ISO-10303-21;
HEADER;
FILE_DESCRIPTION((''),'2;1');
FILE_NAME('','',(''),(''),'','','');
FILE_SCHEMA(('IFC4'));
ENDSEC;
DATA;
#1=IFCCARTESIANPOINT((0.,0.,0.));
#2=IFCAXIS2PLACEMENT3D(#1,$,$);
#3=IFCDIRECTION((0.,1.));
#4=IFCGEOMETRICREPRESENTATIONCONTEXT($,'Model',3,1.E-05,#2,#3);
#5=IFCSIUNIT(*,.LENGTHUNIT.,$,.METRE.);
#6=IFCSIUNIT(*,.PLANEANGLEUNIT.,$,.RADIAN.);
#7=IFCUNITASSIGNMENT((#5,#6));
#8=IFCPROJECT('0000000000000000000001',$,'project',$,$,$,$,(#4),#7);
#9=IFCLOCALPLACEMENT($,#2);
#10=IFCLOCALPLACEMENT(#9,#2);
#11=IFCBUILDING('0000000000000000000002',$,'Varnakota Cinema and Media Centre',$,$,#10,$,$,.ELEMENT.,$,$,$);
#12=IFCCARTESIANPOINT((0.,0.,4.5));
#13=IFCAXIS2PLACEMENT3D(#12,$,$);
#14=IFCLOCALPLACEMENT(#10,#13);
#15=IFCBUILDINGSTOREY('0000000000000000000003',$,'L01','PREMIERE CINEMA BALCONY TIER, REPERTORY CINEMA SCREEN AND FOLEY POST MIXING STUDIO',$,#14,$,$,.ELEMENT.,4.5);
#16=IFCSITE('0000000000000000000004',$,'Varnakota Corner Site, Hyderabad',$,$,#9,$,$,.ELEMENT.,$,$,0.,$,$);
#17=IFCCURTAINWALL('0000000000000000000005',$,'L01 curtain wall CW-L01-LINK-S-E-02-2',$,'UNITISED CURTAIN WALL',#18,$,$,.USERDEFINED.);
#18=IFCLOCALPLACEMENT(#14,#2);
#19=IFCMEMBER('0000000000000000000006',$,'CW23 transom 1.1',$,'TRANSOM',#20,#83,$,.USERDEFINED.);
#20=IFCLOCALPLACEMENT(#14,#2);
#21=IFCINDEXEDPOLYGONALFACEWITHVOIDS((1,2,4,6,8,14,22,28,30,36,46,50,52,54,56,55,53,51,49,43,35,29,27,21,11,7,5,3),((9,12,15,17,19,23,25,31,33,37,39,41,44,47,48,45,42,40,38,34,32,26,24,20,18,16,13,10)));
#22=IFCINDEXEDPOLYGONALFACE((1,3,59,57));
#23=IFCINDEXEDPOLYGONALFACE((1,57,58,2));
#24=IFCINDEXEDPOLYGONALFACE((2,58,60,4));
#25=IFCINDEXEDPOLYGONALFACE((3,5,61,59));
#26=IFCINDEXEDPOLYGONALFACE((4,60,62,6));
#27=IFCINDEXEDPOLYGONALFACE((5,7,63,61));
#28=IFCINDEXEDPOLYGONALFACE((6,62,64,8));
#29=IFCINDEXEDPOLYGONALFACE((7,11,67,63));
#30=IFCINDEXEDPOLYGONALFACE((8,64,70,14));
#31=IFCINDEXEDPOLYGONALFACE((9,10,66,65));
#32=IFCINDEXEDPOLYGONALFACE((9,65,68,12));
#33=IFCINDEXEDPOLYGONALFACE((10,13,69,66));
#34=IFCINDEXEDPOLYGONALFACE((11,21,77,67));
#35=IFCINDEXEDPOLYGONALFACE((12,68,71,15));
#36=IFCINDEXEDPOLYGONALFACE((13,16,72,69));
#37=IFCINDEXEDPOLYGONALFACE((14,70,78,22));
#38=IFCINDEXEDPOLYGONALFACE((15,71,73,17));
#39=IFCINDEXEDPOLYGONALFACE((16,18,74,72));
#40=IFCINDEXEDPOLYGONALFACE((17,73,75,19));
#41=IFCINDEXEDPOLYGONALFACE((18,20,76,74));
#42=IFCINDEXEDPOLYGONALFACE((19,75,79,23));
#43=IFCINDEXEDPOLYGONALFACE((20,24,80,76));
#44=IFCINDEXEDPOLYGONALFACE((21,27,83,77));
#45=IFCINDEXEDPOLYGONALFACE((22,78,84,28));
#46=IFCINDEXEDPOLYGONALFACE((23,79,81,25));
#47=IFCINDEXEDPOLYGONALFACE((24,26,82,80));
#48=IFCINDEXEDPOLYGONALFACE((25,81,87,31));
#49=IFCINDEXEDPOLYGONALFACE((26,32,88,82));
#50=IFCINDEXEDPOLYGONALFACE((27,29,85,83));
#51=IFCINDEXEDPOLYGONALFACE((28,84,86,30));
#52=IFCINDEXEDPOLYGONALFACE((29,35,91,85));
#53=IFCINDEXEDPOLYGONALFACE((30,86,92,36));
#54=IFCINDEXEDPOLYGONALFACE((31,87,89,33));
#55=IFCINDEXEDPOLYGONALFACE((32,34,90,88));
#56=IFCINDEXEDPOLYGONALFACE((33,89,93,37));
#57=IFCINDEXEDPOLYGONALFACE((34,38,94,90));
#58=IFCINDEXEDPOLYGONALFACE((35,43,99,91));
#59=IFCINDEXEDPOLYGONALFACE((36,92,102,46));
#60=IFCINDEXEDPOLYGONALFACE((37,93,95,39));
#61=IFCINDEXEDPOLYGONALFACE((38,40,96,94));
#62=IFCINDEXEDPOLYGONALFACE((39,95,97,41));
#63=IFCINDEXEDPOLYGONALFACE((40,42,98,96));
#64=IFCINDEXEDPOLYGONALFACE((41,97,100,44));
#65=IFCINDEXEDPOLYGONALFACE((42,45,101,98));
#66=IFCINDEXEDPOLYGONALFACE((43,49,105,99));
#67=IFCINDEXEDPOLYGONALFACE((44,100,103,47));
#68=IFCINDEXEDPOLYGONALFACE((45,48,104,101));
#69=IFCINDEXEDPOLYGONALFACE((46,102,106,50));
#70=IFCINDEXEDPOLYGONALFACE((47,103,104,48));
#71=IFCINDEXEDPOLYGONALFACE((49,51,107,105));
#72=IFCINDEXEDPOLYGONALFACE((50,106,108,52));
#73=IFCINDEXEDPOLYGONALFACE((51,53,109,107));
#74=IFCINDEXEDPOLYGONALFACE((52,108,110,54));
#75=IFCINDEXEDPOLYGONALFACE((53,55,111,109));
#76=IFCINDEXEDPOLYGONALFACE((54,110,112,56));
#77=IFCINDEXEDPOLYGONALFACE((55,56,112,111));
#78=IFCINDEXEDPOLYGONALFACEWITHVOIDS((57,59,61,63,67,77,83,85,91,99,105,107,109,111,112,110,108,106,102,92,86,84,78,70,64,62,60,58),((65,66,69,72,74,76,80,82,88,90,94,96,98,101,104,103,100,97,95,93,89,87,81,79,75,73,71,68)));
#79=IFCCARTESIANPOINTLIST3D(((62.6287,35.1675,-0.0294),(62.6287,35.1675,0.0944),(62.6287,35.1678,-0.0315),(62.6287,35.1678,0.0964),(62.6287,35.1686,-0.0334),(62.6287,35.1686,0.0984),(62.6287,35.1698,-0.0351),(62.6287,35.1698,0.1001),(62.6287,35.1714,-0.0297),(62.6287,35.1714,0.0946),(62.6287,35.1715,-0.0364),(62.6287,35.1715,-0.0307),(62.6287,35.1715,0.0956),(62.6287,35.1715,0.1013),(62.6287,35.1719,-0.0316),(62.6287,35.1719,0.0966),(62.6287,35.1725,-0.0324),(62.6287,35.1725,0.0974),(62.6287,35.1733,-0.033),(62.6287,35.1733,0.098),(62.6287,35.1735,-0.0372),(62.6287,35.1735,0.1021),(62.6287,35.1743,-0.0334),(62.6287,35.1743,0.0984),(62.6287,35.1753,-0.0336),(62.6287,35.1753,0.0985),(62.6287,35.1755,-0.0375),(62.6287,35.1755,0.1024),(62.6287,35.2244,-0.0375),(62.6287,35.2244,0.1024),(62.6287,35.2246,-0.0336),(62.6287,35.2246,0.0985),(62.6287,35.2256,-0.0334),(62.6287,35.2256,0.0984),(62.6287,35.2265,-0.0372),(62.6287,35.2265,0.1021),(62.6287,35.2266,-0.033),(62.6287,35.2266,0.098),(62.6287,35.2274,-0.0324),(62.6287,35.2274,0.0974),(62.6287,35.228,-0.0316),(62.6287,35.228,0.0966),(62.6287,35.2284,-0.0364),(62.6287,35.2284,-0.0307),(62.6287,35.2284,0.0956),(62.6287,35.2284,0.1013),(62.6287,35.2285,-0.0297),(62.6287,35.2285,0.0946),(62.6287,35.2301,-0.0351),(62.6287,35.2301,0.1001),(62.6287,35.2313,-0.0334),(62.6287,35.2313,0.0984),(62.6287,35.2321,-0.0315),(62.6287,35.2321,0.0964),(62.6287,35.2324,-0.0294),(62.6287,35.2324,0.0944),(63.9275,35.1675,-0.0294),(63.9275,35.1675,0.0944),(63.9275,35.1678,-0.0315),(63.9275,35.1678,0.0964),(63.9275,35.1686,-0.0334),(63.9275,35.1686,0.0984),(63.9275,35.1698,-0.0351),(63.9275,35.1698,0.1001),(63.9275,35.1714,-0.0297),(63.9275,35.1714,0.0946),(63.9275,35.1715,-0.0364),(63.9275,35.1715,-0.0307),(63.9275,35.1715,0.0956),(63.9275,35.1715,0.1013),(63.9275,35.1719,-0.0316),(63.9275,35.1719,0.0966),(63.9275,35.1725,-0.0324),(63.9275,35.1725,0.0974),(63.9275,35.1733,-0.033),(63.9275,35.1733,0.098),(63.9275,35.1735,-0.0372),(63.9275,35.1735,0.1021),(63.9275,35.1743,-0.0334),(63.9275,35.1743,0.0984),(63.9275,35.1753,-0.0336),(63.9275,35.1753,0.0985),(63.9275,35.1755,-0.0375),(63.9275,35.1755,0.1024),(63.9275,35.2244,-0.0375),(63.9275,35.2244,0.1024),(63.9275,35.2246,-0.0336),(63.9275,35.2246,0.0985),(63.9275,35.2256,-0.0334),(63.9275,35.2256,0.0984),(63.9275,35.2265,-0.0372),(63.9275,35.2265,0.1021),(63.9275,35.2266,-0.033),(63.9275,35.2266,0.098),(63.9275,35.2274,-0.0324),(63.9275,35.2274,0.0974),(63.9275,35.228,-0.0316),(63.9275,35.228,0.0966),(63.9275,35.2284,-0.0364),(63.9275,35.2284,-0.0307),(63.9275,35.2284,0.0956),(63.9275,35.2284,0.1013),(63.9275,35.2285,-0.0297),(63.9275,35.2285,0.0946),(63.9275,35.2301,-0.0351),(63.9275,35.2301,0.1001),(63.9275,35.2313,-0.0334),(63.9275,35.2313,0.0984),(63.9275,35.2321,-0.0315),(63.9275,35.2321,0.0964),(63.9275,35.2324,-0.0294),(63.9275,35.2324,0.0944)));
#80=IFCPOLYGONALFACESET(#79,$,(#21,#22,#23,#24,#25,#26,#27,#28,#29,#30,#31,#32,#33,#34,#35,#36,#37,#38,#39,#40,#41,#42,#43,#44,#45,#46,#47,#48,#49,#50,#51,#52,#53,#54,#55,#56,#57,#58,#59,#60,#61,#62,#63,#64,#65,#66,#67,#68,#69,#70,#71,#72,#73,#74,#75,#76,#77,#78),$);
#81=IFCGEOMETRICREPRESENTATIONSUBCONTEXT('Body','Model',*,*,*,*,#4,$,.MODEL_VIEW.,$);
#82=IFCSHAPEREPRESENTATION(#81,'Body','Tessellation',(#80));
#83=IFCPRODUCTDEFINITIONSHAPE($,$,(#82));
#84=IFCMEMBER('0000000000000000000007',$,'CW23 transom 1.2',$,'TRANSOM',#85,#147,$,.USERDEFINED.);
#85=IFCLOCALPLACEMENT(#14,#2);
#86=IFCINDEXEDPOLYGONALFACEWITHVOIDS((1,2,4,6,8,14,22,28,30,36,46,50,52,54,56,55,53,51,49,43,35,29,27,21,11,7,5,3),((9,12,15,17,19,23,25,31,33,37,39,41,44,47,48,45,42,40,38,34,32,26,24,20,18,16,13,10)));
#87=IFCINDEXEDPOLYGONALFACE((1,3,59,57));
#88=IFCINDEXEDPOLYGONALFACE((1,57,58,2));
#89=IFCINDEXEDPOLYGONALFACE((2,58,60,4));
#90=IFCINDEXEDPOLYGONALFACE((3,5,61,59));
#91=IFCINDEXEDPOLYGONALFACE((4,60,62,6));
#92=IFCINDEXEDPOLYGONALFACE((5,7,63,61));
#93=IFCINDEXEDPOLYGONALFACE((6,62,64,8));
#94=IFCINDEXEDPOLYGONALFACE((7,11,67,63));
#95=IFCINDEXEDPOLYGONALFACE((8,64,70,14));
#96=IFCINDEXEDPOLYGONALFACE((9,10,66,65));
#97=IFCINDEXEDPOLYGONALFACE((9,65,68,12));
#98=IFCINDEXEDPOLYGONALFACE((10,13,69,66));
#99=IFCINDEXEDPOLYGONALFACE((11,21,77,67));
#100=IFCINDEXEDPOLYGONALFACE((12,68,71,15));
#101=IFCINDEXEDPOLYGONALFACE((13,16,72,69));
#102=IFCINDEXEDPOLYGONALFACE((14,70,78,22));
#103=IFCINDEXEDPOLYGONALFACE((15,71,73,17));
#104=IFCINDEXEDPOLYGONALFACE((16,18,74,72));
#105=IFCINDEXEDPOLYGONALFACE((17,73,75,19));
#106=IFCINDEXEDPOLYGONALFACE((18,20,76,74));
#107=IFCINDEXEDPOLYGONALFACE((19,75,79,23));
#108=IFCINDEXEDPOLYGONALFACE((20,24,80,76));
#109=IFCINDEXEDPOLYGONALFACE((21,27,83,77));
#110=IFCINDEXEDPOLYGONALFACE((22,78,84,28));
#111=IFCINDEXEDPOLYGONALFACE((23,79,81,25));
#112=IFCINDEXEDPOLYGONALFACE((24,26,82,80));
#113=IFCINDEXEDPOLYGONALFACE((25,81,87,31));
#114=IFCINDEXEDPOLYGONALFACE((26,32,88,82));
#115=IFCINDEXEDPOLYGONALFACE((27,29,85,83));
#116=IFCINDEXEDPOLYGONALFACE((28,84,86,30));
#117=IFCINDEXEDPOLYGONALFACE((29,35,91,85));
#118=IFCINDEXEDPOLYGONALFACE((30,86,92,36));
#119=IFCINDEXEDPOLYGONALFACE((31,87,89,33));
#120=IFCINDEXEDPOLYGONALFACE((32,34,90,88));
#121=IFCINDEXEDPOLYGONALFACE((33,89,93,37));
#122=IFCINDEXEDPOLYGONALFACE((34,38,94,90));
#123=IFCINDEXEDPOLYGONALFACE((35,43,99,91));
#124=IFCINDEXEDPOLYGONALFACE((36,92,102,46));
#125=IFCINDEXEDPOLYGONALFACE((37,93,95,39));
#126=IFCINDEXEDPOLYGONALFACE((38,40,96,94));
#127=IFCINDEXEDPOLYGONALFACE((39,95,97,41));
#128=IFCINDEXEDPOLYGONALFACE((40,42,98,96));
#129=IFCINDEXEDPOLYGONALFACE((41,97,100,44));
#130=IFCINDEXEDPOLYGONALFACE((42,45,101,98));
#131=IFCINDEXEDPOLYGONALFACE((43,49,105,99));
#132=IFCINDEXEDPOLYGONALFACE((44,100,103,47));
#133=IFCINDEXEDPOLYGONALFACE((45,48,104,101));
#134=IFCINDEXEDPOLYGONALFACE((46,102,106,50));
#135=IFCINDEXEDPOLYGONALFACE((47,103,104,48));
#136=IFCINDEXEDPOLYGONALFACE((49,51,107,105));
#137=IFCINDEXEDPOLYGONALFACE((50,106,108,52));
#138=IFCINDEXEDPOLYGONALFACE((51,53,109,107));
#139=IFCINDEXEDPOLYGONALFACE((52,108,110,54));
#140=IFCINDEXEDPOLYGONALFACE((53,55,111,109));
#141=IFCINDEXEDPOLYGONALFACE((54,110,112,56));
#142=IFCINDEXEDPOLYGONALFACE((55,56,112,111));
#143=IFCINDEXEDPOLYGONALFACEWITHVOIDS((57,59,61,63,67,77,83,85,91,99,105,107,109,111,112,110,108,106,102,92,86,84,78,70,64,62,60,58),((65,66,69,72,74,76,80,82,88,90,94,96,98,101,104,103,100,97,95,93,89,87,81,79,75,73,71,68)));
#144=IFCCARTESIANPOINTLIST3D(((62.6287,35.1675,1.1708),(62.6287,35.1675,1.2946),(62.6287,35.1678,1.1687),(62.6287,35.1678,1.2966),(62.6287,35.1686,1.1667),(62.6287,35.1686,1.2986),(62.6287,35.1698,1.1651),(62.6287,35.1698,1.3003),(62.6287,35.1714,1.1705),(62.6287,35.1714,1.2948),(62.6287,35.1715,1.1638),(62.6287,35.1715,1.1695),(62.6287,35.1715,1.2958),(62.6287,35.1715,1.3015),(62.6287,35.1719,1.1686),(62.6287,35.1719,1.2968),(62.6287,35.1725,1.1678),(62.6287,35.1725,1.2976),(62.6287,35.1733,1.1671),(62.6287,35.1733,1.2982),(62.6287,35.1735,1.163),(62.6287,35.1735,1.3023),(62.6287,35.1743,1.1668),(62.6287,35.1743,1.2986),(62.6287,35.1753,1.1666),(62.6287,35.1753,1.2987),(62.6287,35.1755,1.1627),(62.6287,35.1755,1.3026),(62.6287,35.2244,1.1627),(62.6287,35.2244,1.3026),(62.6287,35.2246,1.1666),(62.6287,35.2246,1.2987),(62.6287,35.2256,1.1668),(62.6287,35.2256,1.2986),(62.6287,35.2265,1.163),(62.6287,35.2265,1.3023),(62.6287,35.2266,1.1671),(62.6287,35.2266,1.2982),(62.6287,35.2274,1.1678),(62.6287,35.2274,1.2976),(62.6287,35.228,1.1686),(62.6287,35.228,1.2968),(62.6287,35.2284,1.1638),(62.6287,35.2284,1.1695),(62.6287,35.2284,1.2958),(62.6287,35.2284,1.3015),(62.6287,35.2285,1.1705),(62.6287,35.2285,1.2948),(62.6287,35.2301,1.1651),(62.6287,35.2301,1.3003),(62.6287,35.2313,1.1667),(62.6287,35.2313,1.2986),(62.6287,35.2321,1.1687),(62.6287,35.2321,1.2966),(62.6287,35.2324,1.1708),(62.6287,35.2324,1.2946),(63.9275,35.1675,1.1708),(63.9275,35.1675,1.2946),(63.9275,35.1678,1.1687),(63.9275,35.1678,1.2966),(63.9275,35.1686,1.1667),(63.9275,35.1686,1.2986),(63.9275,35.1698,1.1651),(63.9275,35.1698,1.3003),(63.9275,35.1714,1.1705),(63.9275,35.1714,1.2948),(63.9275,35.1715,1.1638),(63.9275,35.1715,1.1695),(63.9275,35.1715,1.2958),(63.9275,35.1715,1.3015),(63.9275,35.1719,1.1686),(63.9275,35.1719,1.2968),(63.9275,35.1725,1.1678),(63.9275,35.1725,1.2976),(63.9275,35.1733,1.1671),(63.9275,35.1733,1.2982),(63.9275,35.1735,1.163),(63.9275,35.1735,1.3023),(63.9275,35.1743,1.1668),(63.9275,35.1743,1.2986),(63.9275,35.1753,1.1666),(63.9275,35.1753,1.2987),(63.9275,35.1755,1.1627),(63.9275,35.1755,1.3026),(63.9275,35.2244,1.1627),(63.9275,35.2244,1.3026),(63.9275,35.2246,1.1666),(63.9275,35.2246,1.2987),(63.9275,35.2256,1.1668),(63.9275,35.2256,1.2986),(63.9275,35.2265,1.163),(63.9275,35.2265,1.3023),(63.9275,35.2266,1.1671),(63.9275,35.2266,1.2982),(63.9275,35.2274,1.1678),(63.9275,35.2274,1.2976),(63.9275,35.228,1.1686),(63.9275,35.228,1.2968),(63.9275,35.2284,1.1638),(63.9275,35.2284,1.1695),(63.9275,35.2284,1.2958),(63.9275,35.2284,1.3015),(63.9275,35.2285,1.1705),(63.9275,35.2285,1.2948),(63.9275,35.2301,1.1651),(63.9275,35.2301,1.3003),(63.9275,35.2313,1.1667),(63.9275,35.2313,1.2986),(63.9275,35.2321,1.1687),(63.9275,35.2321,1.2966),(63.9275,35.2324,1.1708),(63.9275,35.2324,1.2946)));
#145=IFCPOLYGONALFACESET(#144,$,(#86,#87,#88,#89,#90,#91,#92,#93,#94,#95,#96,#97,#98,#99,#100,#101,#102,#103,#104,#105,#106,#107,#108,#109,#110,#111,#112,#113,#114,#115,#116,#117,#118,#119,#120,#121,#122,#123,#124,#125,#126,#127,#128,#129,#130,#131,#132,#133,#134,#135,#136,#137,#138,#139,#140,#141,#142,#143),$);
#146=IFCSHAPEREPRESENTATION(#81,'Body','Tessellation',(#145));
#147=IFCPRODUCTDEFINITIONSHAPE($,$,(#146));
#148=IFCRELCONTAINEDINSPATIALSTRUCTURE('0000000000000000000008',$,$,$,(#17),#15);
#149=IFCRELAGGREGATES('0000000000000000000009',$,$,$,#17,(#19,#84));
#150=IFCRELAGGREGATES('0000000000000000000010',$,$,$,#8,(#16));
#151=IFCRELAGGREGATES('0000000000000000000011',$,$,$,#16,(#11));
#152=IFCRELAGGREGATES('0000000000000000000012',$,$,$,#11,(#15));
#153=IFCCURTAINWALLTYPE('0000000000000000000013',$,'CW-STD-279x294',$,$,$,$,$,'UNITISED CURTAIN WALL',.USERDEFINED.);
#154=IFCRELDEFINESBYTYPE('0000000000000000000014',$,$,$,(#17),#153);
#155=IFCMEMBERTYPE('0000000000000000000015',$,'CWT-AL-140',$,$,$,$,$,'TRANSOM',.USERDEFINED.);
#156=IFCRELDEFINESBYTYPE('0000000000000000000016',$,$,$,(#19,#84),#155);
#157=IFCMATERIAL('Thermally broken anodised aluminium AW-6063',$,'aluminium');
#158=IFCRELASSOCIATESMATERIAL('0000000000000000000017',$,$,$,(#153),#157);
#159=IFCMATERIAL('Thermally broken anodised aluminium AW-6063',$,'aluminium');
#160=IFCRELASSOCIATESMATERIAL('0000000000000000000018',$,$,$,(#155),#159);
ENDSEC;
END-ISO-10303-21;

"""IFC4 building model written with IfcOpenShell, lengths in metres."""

from ifc_helpers import new_model, si_unit, direction, frame, origin, origin_2d, place, context, subcontext, project, spatial, hollow_rectangle, extrude, material, material_profile, profile_set, type_object, element, aggregate, save


model = new_model("IFC4")

# Units and contexts
model_context = context("Model", 3, precision=1e-05, world=origin(), true_north=direction((0.0, 1.0)))
body_context = subcontext(model_context, "Body", "Model", "MODEL_VIEW")
ifc_project = project(units=[si_unit("LENGTHUNIT", "METRE"), si_unit("PLANEANGLEUNIT", "RADIAN")], contexts=[model_context])

# Site, building, storey
site_placement = place(None, origin())
site = spatial("IfcSite", under=ifc_project, at=site_placement, Name="Varnakota Corner Site, Hyderabad", CompositionType="ELEMENT", RefElevation=0.0)
building_placement = place(site_placement, origin())
building = spatial("IfcBuilding", under=site, at=building_placement, Name="Varnakota Cinema and Media Centre", CompositionType="ELEMENT")
storey_placement = place(building_placement, frame((0.0, 0.0, 4.5)))
storey = spatial("IfcBuildingStorey", under=building, at=storey_placement, Name="L01", Description="PREMIERE CINEMA BALCONY TIER, REPERTORY CINEMA SCREEN AND FOLEY POST MIXING STUDIO", CompositionType="ELEMENT", Elevation=4.5)

# Shared definitions
ifc_material_1 = material(Name="Thermally broken anodised aluminium AW-6063", Category="aluminium")
curtain_wall_type_1 = type_object("IfcCurtainWallType", Name="CW-STD-279x294", ElementType="UNITISED CURTAIN WALL", PredefinedType="USERDEFINED", material=ifc_material_1)

# Curtain wall
curtain_wall_1_placement = place(storey_placement, origin())
curtain_wall_1 = element("IfcCurtainWall", 1, at=curtain_wall_1_placement, inside=storey, type_object=curtain_wall_type_1, Name="L01 curtain wall CW-L01-LINK-S-E-02-2", ObjectType="UNITISED CURTAIN WALL", PredefinedType="USERDEFINED")

# Members
ifc_material_2 = material(Name="Thermally broken anodised aluminium AW-6063", Category="aluminium")
ifc_material_profile_1 = material_profile(ifc_material_2, hollow_rectangle(XDim=0.0649, YDim=0.1399, WallThickness=0.0039, InnerFilletRadius=0.0039, OuterFilletRadius=0.0081, at=origin_2d()), Name="AL-TRANSOM 140x65x4")
ifc_profile_set_1 = profile_set([ifc_material_profile_1], Name="Thermally broken anodised aluminium AW-6063")
member_type_1 = type_object("IfcMemberType", Name="CWT-AL-140", ElementType="TRANSOM", PredefinedType="USERDEFINED", material=ifc_profile_set_1)
member_1_placement = place(storey_placement, frame((63.9275, 35.2, 0.0325), z_axis=(-1.0, 0.0, 0.0), x_axis=(0.0, -1.0, 0.0)))
member_1 = element("IfcMember", 2, at=member_1_placement, type_object=member_type_1, Name="CW23 transom 1.1", ObjectType="TRANSOM", PredefinedType="USERDEFINED", context=body_context, shape_type="SweptSolid", body=[
    extrude(hollow_rectangle(XDim=0.0649, YDim=0.1399, WallThickness=0.0039, InnerFilletRadius=0.0039, OuterFilletRadius=0.0081, at=origin_2d()), origin(), (0.0, 0.0, 1.0), 1.2988),
])
member_2_placement = place(storey_placement, frame((63.9275, 35.2, 1.2327), z_axis=(-1.0, 0.0, 0.0), x_axis=(0.0, -1.0, 0.0)))
member_2 = element("IfcMember", 3, at=member_2_placement, type_object=member_type_1, Name="CW23 transom 1.2", ObjectType="TRANSOM", PredefinedType="USERDEFINED", context=body_context, shape_type="SweptSolid", body=[
    extrude(hollow_rectangle(XDim=0.0649, YDim=0.1399, WallThickness=0.0039, InnerFilletRadius=0.0039, OuterFilletRadius=0.0081, at=origin_2d()), origin(), (0.0, 0.0, 1.0), 1.2988),
])
aggregate(curtain_wall_1, [member_1, member_2])

save(model, "model.ifc")
